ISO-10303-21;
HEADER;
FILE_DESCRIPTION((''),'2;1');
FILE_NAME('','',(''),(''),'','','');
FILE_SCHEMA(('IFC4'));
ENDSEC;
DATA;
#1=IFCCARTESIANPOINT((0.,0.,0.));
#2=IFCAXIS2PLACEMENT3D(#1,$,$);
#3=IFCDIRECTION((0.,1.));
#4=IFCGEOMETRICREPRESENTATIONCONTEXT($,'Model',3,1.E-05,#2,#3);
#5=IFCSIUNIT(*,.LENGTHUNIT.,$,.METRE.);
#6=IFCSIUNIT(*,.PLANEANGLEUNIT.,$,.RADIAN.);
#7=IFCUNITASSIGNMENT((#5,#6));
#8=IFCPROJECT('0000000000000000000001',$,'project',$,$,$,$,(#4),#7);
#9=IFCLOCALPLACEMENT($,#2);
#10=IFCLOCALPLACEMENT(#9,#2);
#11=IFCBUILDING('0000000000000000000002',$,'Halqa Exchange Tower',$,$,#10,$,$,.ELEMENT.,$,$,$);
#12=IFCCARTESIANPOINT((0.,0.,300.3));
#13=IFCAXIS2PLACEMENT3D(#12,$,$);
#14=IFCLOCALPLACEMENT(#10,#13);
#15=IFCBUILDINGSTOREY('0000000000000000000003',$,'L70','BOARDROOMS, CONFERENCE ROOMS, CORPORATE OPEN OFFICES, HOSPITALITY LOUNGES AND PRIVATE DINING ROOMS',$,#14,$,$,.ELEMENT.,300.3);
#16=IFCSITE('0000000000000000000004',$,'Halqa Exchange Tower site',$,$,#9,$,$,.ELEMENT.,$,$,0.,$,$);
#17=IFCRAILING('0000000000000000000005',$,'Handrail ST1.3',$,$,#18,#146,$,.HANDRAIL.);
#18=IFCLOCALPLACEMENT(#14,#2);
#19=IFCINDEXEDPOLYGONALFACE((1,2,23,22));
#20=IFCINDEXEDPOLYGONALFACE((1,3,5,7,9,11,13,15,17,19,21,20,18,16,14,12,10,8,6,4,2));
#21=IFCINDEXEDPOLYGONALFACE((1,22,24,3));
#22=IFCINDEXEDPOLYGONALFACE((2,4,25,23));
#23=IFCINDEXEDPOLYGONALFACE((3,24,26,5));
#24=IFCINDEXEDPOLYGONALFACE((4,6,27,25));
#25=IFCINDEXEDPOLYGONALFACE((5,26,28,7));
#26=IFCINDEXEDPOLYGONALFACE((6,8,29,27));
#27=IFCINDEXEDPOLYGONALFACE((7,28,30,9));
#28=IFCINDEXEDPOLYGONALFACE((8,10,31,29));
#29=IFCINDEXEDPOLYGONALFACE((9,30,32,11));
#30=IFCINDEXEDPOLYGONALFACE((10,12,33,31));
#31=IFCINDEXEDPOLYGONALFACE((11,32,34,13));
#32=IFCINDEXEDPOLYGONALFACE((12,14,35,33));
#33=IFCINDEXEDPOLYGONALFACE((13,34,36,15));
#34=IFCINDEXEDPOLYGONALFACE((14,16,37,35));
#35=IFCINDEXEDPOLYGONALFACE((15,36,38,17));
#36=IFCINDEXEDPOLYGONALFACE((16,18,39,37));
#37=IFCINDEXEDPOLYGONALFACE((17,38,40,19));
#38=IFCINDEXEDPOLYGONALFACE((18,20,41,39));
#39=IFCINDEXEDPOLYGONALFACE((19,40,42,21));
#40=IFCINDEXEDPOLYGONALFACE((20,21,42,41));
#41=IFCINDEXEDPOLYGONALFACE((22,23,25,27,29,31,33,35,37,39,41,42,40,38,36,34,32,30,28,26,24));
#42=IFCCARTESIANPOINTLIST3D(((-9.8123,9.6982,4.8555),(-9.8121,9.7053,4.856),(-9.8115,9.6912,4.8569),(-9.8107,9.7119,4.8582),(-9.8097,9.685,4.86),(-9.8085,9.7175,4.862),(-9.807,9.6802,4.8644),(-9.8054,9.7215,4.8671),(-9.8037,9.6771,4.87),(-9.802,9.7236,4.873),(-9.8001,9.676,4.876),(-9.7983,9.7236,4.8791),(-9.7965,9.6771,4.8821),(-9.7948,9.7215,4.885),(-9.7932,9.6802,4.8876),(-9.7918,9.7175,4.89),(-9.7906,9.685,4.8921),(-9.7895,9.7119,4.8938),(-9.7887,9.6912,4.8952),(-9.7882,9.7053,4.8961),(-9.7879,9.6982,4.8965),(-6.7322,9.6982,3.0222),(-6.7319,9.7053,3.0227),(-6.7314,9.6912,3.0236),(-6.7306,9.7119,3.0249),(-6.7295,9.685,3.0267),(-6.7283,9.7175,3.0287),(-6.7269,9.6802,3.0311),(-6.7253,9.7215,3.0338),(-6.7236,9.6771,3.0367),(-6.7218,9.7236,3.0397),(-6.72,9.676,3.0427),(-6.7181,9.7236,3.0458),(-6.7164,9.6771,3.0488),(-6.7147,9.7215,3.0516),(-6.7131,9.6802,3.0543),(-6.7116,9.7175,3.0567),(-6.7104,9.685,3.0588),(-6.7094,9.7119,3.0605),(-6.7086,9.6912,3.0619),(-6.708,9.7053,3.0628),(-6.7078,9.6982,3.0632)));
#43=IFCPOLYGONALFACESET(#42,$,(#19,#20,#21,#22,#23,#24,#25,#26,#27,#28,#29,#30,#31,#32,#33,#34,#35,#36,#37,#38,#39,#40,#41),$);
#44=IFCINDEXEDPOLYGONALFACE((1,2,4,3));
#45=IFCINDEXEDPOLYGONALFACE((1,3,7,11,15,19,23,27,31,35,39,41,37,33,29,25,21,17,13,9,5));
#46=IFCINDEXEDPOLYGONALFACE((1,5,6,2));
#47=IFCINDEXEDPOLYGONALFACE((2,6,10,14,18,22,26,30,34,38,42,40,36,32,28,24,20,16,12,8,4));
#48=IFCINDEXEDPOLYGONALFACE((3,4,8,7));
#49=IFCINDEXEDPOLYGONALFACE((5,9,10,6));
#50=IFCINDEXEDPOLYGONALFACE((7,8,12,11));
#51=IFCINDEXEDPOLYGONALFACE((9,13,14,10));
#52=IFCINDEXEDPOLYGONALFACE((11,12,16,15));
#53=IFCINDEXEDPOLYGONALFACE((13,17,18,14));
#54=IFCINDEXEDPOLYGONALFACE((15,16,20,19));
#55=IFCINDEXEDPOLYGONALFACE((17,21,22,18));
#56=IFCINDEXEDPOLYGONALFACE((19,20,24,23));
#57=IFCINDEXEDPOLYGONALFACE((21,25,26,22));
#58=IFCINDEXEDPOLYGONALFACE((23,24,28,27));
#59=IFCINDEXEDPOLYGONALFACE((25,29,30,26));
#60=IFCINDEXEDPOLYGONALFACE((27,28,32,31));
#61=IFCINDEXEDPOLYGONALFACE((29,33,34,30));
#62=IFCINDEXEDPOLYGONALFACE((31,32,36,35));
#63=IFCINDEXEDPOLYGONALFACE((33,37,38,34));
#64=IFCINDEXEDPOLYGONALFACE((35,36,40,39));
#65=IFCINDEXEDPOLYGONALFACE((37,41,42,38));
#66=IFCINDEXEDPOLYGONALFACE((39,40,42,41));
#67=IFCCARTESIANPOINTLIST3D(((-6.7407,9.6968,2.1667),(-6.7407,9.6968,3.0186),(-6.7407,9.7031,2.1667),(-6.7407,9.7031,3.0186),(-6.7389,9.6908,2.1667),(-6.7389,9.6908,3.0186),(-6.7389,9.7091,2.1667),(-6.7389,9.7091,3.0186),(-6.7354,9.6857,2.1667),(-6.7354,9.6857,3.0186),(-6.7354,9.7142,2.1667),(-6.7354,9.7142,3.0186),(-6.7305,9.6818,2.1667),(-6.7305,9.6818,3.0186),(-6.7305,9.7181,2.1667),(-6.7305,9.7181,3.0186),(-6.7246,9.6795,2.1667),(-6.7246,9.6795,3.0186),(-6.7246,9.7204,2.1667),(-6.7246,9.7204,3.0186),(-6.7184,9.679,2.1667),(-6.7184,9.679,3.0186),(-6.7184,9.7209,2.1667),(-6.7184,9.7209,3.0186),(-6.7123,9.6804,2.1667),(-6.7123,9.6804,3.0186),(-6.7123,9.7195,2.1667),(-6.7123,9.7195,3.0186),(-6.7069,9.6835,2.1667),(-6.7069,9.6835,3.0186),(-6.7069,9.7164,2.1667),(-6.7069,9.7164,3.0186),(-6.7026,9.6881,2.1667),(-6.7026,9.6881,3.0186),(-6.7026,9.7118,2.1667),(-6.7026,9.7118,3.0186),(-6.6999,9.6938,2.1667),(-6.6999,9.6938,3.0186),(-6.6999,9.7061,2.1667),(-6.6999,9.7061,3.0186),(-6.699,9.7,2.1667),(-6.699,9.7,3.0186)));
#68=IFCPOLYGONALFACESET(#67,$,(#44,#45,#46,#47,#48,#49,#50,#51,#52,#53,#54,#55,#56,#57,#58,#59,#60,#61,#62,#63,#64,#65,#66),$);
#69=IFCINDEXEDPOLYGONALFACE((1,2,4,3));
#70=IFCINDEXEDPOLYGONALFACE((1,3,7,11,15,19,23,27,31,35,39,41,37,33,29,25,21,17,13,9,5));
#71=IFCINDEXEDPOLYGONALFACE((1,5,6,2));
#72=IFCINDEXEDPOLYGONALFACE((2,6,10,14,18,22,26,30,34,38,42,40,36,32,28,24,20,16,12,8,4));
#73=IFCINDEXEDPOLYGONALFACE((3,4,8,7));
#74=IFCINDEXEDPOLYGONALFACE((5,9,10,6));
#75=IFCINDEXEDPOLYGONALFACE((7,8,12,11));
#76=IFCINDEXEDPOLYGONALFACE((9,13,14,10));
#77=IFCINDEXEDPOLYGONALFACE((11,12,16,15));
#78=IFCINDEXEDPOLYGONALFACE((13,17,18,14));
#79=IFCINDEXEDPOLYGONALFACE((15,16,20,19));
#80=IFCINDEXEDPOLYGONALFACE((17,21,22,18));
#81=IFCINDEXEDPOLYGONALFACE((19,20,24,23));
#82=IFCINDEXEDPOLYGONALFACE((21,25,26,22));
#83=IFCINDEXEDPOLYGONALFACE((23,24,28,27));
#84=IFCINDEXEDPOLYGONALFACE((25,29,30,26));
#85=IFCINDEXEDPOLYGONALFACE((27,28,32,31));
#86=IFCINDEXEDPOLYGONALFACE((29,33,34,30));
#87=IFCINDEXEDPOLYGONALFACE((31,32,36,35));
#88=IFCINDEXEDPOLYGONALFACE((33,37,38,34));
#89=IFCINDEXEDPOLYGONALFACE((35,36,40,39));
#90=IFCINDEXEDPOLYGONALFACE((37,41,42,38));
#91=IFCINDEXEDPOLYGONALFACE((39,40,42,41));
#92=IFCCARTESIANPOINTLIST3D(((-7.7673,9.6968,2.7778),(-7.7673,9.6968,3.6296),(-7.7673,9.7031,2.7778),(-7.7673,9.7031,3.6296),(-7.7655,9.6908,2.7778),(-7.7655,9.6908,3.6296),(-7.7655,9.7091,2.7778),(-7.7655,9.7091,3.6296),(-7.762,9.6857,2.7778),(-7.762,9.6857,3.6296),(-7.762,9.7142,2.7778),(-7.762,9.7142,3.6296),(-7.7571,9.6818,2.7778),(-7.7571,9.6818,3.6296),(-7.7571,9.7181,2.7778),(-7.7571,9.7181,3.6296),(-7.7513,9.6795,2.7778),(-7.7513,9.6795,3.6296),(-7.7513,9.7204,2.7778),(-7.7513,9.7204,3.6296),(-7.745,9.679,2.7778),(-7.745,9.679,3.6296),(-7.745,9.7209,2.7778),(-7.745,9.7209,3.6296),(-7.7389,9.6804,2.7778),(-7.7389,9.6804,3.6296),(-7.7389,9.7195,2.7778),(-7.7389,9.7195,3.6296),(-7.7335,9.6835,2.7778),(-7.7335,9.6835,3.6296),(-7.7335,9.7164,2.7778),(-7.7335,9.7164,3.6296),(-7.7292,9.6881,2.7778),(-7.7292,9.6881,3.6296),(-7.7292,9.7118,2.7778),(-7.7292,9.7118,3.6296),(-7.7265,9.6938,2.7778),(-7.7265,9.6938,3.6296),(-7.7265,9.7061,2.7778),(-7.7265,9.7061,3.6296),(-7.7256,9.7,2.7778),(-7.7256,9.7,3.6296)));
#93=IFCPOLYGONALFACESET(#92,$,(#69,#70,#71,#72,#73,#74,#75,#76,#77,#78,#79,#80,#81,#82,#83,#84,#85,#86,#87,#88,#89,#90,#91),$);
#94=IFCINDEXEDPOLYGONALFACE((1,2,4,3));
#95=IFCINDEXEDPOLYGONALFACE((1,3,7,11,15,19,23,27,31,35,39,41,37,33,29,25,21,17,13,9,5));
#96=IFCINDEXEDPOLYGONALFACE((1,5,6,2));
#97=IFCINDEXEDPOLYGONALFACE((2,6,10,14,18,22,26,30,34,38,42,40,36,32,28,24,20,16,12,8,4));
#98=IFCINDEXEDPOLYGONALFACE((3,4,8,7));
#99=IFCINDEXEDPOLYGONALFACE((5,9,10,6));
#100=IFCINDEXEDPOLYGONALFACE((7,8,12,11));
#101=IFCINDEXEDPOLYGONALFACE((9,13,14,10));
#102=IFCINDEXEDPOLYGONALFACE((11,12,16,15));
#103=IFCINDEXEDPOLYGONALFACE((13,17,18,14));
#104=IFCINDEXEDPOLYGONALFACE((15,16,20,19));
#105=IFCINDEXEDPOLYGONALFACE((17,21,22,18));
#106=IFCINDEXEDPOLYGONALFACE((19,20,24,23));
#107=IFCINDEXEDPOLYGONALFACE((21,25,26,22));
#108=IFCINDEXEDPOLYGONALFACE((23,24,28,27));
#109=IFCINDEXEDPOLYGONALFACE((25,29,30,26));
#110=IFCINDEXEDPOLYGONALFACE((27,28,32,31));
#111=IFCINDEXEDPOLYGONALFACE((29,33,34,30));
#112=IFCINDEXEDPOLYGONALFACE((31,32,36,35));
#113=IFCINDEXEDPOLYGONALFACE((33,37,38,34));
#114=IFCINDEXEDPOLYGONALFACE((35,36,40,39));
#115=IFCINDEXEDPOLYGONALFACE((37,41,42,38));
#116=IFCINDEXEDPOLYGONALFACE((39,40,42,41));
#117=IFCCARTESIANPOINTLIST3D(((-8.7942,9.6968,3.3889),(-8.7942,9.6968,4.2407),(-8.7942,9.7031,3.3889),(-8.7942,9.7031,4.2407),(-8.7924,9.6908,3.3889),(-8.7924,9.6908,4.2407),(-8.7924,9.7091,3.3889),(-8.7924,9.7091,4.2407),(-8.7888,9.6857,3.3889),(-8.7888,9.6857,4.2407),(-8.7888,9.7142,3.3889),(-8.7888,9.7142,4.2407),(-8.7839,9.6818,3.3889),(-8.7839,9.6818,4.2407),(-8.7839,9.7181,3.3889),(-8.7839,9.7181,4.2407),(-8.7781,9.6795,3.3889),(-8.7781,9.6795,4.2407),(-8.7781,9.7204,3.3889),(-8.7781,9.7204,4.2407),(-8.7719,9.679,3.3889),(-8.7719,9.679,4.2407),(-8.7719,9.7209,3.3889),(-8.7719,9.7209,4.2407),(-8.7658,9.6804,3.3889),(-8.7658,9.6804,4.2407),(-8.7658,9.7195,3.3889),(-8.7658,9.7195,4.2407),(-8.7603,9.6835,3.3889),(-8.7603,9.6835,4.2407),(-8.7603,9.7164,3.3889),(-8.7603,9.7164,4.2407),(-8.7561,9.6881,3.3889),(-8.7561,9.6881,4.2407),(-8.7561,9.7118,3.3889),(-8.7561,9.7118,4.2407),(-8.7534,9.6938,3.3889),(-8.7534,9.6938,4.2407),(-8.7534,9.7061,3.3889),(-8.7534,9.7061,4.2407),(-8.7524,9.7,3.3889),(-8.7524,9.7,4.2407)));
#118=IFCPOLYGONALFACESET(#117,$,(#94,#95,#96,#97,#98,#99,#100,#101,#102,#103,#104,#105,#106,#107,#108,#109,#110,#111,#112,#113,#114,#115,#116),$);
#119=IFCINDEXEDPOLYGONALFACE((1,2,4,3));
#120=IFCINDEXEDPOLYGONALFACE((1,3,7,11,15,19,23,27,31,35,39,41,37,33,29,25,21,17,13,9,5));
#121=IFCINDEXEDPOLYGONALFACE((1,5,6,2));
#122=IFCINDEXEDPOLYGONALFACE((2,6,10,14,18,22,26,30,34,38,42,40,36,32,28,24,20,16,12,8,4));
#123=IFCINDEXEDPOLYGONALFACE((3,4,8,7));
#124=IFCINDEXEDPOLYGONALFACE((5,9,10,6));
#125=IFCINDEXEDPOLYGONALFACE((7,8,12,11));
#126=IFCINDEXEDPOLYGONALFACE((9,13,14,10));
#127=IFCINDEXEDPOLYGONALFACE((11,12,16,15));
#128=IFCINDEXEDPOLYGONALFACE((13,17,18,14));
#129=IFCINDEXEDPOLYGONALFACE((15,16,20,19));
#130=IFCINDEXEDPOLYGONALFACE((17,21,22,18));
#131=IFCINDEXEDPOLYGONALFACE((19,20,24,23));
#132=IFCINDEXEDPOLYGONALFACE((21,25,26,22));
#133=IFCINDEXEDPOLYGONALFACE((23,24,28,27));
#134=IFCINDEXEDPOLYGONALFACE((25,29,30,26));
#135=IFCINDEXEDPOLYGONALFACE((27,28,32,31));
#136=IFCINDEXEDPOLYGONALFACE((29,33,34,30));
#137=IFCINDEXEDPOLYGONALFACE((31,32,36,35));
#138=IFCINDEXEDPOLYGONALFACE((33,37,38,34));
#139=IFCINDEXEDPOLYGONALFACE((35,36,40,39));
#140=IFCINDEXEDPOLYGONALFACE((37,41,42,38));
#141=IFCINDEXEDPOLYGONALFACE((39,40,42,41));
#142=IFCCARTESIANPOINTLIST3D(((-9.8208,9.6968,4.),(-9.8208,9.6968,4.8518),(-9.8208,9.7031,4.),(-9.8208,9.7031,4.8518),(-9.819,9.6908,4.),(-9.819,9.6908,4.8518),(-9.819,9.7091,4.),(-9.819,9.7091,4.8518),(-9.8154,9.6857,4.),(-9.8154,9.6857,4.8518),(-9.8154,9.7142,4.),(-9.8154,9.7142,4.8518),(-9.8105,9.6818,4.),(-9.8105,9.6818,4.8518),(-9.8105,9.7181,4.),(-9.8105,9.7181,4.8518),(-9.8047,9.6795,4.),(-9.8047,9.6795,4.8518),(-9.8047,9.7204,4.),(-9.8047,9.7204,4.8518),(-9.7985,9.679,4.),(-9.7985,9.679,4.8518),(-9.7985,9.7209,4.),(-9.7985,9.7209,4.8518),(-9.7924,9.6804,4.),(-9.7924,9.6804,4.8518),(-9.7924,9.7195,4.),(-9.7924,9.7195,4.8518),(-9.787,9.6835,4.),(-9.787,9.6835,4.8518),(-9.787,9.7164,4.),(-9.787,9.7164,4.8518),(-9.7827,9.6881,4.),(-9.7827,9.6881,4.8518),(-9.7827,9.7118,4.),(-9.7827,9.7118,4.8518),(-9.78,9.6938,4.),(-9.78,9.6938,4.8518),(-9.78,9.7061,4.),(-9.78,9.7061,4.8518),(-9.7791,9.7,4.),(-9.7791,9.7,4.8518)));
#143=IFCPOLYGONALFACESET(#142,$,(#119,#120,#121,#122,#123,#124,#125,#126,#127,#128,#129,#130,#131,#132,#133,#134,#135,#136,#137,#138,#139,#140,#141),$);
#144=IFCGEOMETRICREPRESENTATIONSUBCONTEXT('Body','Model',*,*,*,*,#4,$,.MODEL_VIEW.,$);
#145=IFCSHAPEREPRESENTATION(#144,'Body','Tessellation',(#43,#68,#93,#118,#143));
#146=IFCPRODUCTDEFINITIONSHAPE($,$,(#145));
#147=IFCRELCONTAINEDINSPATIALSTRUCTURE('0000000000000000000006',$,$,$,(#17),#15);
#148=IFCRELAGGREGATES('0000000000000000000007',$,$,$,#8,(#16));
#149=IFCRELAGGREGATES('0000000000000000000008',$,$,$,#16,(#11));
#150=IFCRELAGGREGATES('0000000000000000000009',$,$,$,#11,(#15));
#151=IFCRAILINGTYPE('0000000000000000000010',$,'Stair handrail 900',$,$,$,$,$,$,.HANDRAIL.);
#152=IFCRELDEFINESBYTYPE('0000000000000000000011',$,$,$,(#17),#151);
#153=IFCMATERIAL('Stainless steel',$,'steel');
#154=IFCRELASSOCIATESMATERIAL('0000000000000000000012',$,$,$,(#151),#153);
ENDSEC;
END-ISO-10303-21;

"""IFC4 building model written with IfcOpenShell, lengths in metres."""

from ifc_helpers import new_model, si_unit, direction, frame, origin, origin_2d, place, context, subcontext, project, spatial, circle, extrude, material, type_object, element, save


model = new_model("IFC4")

# Units and contexts
model_context = context("Model", 3, precision=1e-05, world=origin(), true_north=direction((0.0, 1.0)))
body_context = subcontext(model_context, "Body", "Model", "MODEL_VIEW")
ifc_project = project(units=[si_unit("LENGTHUNIT", "METRE"), si_unit("PLANEANGLEUNIT", "RADIAN")], contexts=[model_context])

# Site, building, storey
site_placement = place(None, origin())
site = spatial("IfcSite", under=ifc_project, at=site_placement, Name="Halqa Exchange Tower site", CompositionType="ELEMENT", RefElevation=0.0)
building_placement = place(site_placement, origin())
building = spatial("IfcBuilding", under=site, at=building_placement, Name="Halqa Exchange Tower", CompositionType="ELEMENT")
storey_placement = place(building_placement, frame((0.0, 0.0, 300.3)))
storey = spatial("IfcBuildingStorey", under=building, at=storey_placement, Name="L70", Description="BOARDROOMS, CONFERENCE ROOMS, CORPORATE OPEN OFFICES, HOSPITALITY LOUNGES AND PRIVATE DINING ROOMS", CompositionType="ELEMENT", Elevation=300.3)

# Railing
ifc_material_1 = material(Name="Stainless steel", Category="steel")
railing_type_1 = type_object("IfcRailingType", Name="Stair handrail 900", PredefinedType="HANDRAIL", material=ifc_material_1)
railing_1_placement = place(storey_placement, frame((-6.72, 9.7, 2.1667)))
element("IfcRailing", 1, at=railing_1_placement, inside=storey, type_object=railing_type_1, Name="Handrail ST1.3", PredefinedType="HANDRAIL", context=body_context, shape_type="SweptSolid", body=[
    extrude(circle(Radius=0.0239, at=origin_2d()), frame((0.0, 0.0, 0.876), z_axis=(-0.859309, 0.0, 0.511458), x_axis=(0.0, -1.0, 0.0)), (0.0, 0.0, 1.0), 3.5845),
    extrude(circle(Radius=0.021, at=origin_2d()), origin(), (0.0, 0.0, 1.0), 0.8518),
    extrude(circle(Radius=0.021, at=origin_2d()), frame((-1.0266, 0.0, 0.6111)), (0.0, 0.0, 1.0), 0.8518),
    extrude(circle(Radius=0.021, at=origin_2d()), frame((-2.0535, 0.0, 1.2222)), (0.0, 0.0, 1.0), 0.8518),
    extrude(circle(Radius=0.021, at=origin_2d()), frame((-3.0801, 0.0, 1.8333)), (0.0, 0.0, 1.0), 0.8518),
])

save(model, "model.ifc")
